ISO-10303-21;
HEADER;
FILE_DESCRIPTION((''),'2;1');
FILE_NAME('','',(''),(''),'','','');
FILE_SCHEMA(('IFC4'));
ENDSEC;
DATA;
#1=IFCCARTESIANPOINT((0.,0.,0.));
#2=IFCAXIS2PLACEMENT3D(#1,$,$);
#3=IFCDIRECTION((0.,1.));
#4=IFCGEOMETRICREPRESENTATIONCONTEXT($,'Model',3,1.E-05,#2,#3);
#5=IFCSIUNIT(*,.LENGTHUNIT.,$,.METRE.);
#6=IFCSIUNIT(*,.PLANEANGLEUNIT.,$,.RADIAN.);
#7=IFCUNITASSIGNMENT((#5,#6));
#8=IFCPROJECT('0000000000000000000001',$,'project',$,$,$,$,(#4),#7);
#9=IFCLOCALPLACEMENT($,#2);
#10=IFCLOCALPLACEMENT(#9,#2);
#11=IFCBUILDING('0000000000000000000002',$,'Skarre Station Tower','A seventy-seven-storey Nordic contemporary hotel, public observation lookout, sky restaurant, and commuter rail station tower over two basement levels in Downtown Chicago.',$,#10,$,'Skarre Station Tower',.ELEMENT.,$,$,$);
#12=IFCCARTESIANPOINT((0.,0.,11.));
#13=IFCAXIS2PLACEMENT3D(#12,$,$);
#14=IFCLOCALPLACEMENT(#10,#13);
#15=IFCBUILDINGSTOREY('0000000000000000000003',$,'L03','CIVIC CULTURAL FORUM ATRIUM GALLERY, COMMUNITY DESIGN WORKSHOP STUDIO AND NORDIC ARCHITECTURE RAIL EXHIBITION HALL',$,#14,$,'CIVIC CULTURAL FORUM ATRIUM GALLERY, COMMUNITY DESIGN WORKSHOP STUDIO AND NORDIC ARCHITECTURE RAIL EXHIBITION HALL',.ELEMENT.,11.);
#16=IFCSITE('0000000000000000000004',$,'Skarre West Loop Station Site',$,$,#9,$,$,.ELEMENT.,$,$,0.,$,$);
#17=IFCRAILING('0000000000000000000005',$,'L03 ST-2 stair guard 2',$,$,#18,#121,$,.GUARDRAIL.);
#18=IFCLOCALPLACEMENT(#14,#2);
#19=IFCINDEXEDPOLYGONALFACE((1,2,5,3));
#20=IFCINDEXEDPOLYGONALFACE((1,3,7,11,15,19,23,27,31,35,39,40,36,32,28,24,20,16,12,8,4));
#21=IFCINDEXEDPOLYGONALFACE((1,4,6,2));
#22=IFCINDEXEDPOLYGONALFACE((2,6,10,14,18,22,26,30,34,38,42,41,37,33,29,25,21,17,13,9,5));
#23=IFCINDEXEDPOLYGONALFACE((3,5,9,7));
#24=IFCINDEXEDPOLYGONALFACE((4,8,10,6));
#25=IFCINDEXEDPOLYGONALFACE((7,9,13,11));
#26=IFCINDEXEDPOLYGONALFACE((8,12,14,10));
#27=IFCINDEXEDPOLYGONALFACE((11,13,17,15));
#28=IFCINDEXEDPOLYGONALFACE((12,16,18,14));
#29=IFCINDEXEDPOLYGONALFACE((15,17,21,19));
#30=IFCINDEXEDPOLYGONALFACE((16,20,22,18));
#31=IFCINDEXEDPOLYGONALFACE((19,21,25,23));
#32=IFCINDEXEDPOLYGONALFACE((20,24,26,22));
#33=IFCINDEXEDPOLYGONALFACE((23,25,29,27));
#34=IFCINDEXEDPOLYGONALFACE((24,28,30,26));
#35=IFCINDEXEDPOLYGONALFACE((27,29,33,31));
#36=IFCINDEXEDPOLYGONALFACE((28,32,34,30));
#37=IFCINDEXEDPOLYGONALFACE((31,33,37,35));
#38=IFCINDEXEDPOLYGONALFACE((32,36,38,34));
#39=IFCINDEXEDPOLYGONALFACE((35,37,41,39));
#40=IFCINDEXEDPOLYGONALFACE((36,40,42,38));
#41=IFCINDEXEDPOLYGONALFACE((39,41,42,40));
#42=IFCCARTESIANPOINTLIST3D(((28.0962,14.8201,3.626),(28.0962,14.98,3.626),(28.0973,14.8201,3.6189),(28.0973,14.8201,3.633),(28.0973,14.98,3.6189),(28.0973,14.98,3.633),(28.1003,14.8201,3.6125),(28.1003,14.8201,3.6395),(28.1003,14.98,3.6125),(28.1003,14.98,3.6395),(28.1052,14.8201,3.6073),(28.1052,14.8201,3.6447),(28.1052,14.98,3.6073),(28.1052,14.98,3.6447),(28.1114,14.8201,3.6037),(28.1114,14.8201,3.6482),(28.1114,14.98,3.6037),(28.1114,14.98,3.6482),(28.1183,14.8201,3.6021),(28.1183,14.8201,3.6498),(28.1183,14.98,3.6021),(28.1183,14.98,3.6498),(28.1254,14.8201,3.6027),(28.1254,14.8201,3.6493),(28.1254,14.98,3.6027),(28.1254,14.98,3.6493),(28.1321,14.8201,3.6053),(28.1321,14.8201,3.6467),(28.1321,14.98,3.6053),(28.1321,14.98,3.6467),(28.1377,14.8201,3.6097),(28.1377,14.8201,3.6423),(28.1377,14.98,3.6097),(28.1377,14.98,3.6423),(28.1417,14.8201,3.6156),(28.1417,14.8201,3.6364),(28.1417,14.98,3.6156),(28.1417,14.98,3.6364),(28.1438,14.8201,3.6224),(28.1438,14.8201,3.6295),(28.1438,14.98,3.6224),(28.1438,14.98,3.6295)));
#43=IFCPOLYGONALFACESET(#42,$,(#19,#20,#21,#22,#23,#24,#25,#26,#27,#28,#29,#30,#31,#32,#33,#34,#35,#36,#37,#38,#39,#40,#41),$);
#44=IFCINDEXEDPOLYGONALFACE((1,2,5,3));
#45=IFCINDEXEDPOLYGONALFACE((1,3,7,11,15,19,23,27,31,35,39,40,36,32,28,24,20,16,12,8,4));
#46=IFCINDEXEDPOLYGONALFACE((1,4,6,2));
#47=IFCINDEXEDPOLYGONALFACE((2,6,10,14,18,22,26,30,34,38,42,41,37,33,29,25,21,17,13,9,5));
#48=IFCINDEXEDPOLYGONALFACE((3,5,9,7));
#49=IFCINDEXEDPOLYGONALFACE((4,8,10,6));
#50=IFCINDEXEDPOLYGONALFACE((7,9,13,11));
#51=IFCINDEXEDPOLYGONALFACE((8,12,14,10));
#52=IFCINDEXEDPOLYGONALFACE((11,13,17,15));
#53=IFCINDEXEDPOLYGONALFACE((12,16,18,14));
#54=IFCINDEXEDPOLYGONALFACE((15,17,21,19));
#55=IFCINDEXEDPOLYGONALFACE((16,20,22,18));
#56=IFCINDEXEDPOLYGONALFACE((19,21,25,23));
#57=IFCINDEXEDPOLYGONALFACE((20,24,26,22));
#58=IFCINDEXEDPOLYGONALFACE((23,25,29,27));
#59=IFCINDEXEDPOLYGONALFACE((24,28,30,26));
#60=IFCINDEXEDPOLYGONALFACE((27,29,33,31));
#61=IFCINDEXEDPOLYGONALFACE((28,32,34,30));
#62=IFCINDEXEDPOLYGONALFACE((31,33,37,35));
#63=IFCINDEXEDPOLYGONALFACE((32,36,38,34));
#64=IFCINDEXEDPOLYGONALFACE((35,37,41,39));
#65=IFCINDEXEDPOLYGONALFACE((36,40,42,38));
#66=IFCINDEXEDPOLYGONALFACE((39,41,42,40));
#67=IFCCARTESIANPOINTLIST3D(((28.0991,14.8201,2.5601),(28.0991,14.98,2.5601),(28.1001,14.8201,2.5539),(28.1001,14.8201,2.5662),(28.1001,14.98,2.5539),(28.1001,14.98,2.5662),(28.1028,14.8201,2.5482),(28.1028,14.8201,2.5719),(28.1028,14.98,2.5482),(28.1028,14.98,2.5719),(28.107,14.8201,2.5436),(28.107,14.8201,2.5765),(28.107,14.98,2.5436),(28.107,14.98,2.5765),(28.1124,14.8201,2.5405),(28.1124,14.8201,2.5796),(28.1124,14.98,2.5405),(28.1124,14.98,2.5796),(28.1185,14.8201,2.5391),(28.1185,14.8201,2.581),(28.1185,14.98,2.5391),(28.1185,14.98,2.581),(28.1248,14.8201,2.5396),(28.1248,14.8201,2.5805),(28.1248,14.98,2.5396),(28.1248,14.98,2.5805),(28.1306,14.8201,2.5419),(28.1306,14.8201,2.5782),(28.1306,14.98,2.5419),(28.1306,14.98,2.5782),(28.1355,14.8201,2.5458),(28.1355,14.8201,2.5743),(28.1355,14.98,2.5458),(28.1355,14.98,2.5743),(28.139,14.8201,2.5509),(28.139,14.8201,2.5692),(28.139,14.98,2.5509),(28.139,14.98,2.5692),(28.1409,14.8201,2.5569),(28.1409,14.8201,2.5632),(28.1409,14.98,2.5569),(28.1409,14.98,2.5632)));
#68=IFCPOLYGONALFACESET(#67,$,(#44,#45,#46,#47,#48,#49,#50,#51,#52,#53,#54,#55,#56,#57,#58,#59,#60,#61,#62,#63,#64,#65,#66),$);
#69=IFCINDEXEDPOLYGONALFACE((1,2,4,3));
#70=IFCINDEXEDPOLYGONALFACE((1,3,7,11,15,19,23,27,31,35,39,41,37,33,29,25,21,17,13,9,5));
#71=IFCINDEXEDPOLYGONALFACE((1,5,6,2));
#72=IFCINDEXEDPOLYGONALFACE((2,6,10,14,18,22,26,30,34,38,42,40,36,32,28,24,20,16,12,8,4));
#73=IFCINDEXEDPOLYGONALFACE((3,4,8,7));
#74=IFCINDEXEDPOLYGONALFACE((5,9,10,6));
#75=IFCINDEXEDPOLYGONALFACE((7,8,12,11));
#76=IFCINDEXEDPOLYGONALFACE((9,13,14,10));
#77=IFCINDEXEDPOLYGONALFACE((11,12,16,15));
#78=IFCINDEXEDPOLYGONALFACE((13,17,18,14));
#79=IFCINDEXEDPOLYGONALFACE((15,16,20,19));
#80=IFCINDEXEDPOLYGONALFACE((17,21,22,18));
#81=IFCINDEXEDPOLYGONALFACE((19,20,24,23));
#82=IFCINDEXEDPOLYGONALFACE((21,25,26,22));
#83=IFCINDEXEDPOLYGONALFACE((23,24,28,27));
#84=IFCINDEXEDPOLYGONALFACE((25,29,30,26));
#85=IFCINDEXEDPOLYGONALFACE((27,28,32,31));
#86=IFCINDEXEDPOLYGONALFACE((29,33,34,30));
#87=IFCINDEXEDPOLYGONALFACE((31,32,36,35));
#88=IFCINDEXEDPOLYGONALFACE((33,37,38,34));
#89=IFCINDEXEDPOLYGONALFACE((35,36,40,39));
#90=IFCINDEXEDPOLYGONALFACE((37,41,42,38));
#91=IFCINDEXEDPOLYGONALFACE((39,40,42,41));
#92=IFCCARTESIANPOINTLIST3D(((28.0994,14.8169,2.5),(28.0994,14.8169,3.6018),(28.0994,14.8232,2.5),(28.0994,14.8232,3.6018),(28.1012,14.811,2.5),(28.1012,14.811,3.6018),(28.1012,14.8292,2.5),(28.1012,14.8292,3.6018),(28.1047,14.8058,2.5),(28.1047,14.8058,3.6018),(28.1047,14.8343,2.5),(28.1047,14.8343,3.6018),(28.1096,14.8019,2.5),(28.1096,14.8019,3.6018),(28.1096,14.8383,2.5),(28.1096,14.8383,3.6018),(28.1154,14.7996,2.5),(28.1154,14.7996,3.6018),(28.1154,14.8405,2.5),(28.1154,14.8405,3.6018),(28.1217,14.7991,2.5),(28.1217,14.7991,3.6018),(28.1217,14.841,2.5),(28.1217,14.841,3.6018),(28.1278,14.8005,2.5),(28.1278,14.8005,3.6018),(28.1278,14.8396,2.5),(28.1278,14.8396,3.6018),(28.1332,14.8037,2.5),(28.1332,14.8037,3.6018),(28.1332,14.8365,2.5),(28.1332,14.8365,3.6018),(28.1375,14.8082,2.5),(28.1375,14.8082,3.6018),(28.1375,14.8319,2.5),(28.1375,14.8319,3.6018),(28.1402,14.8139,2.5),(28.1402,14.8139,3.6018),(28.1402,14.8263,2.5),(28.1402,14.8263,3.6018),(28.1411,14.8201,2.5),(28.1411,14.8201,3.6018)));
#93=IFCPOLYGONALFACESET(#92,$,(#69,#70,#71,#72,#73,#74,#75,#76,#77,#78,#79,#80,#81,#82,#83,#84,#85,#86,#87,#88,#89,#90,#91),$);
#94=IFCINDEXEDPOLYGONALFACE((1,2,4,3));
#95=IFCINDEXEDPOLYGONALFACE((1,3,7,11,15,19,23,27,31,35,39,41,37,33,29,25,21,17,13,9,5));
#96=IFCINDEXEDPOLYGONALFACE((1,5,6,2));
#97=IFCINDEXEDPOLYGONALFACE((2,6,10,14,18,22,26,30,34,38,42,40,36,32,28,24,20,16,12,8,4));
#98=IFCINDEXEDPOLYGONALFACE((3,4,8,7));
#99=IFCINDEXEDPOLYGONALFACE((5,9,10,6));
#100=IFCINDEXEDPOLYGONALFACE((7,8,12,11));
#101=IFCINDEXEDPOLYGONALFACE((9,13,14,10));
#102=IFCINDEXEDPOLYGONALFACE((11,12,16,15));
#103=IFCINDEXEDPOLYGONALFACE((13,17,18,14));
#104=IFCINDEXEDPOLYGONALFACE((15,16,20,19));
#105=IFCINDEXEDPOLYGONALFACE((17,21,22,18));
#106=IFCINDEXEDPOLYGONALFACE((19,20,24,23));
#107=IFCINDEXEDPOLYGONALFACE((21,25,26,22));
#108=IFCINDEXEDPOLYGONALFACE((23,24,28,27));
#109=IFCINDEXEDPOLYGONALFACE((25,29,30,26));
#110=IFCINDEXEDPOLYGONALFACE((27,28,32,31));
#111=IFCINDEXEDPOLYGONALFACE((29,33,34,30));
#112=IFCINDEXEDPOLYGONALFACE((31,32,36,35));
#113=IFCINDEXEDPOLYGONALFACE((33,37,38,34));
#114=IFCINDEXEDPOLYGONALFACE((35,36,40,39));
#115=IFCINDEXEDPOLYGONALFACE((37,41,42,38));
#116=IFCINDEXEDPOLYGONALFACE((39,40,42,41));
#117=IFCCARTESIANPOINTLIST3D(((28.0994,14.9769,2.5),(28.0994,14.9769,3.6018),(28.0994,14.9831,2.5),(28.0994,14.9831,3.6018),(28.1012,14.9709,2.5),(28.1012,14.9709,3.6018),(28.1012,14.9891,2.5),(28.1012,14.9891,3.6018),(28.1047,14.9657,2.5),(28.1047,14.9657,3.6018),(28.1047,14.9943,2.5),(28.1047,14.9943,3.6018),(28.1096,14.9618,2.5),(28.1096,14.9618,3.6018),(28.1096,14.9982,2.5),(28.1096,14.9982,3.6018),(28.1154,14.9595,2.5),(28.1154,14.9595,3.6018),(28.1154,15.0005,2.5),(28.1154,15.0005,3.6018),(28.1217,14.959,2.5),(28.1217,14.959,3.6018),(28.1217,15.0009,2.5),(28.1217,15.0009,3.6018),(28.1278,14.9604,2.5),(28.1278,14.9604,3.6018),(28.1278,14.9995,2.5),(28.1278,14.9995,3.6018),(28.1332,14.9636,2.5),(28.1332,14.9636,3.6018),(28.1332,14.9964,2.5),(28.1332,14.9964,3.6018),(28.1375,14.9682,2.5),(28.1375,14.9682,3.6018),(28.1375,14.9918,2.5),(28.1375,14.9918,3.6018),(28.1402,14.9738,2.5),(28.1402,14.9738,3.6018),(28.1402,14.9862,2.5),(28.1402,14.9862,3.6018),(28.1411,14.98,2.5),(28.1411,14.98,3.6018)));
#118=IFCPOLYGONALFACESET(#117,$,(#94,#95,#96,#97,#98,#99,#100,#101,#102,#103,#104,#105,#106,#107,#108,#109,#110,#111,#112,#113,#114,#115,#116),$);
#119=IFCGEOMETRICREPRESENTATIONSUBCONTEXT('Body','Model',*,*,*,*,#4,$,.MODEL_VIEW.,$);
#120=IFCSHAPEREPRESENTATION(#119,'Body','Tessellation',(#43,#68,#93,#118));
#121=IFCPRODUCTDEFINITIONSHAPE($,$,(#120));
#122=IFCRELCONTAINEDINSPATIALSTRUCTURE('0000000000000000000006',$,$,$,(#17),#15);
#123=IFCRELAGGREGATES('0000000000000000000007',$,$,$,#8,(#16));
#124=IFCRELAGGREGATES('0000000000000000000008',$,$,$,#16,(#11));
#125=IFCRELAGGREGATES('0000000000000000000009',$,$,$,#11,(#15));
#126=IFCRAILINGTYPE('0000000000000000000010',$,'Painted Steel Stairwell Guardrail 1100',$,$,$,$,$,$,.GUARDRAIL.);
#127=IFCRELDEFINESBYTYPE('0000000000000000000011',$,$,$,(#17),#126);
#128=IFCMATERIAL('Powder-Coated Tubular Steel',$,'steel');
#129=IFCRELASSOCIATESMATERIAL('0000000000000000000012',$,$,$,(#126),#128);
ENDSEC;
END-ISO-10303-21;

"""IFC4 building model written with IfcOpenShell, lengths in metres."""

from ifc_helpers import new_model, si_unit, direction, frame, origin, origin_2d, place, context, subcontext, project, spatial, circle, extrude, material, type_object, element, save


model = new_model("IFC4")

# Units and contexts
model_context = context("Model", 3, precision=1e-05, world=origin(), true_north=direction((0.0, 1.0)))
body_context = subcontext(model_context, "Body", "Model", "MODEL_VIEW")
ifc_project = project(units=[si_unit("LENGTHUNIT", "METRE"), si_unit("PLANEANGLEUNIT", "RADIAN")], contexts=[model_context])

# Site, building, storey
site_placement = place(None, origin())
site = spatial("IfcSite", under=ifc_project, at=site_placement, Name="Skarre West Loop Station Site", CompositionType="ELEMENT", RefElevation=0.0)
building_placement = place(site_placement, origin())
building = spatial("IfcBuilding", under=site, at=building_placement, Name="Skarre Station Tower", Description="A seventy-seven-storey Nordic contemporary hotel, public observation lookout, sky restaurant, and commuter rail station tower over two basement levels in Downtown Chicago.", LongName="Skarre Station Tower", CompositionType="ELEMENT")
storey_placement = place(building_placement, frame((0.0, 0.0, 11.0)))
storey = spatial("IfcBuildingStorey", under=building, at=storey_placement, Name="L03", Description="CIVIC CULTURAL FORUM ATRIUM GALLERY, COMMUNITY DESIGN WORKSHOP STUDIO AND NORDIC ARCHITECTURE RAIL EXHIBITION HALL", LongName="CIVIC CULTURAL FORUM ATRIUM GALLERY, COMMUNITY DESIGN WORKSHOP STUDIO AND NORDIC ARCHITECTURE RAIL EXHIBITION HALL", CompositionType="ELEMENT", Elevation=11.0)

# Railing
ifc_material_1 = material(Name="Powder-Coated Tubular Steel", Category="steel")
railing_type_1 = type_object("IfcRailingType", Name="Painted Steel Stairwell Guardrail 1100", PredefinedType="GUARDRAIL", material=ifc_material_1)
railing_1_placement = place(storey_placement, frame((28.1201, 14.8201, 2.5)))
element("IfcRailing", 1, at=railing_1_placement, inside=storey, type_object=railing_type_1, Name="L03 ST-2 stair guard 2", PredefinedType="GUARDRAIL", context=body_context, shape_type="SweptSolid", body=[
    extrude(circle(Radius=0.0239, at=origin_2d()), frame((0.0, 0.0, 1.126), z_axis=(0.0, 1.0, 0.0), x_axis=(-1.0, 0.0, 0.0)), (0.0, 0.0, 1.0), 0.1599),
    extrude(circle(Radius=0.021, at=origin_2d()), frame((0.0, 0.0, 0.0601), z_axis=(0.0, 1.0, 0.0), x_axis=(-1.0, 0.0, 0.0)), (0.0, 0.0, 1.0), 0.1599),
    extrude(circle(Radius=0.021, at=origin_2d()), origin(), (0.0, 0.0, 1.0), 1.1018),
    extrude(circle(Radius=0.021, at=origin_2d()), frame((0.0, 0.1599, 0.0)), (0.0, 0.0, 1.0), 1.1018),
])

save(model, "model.ifc")
